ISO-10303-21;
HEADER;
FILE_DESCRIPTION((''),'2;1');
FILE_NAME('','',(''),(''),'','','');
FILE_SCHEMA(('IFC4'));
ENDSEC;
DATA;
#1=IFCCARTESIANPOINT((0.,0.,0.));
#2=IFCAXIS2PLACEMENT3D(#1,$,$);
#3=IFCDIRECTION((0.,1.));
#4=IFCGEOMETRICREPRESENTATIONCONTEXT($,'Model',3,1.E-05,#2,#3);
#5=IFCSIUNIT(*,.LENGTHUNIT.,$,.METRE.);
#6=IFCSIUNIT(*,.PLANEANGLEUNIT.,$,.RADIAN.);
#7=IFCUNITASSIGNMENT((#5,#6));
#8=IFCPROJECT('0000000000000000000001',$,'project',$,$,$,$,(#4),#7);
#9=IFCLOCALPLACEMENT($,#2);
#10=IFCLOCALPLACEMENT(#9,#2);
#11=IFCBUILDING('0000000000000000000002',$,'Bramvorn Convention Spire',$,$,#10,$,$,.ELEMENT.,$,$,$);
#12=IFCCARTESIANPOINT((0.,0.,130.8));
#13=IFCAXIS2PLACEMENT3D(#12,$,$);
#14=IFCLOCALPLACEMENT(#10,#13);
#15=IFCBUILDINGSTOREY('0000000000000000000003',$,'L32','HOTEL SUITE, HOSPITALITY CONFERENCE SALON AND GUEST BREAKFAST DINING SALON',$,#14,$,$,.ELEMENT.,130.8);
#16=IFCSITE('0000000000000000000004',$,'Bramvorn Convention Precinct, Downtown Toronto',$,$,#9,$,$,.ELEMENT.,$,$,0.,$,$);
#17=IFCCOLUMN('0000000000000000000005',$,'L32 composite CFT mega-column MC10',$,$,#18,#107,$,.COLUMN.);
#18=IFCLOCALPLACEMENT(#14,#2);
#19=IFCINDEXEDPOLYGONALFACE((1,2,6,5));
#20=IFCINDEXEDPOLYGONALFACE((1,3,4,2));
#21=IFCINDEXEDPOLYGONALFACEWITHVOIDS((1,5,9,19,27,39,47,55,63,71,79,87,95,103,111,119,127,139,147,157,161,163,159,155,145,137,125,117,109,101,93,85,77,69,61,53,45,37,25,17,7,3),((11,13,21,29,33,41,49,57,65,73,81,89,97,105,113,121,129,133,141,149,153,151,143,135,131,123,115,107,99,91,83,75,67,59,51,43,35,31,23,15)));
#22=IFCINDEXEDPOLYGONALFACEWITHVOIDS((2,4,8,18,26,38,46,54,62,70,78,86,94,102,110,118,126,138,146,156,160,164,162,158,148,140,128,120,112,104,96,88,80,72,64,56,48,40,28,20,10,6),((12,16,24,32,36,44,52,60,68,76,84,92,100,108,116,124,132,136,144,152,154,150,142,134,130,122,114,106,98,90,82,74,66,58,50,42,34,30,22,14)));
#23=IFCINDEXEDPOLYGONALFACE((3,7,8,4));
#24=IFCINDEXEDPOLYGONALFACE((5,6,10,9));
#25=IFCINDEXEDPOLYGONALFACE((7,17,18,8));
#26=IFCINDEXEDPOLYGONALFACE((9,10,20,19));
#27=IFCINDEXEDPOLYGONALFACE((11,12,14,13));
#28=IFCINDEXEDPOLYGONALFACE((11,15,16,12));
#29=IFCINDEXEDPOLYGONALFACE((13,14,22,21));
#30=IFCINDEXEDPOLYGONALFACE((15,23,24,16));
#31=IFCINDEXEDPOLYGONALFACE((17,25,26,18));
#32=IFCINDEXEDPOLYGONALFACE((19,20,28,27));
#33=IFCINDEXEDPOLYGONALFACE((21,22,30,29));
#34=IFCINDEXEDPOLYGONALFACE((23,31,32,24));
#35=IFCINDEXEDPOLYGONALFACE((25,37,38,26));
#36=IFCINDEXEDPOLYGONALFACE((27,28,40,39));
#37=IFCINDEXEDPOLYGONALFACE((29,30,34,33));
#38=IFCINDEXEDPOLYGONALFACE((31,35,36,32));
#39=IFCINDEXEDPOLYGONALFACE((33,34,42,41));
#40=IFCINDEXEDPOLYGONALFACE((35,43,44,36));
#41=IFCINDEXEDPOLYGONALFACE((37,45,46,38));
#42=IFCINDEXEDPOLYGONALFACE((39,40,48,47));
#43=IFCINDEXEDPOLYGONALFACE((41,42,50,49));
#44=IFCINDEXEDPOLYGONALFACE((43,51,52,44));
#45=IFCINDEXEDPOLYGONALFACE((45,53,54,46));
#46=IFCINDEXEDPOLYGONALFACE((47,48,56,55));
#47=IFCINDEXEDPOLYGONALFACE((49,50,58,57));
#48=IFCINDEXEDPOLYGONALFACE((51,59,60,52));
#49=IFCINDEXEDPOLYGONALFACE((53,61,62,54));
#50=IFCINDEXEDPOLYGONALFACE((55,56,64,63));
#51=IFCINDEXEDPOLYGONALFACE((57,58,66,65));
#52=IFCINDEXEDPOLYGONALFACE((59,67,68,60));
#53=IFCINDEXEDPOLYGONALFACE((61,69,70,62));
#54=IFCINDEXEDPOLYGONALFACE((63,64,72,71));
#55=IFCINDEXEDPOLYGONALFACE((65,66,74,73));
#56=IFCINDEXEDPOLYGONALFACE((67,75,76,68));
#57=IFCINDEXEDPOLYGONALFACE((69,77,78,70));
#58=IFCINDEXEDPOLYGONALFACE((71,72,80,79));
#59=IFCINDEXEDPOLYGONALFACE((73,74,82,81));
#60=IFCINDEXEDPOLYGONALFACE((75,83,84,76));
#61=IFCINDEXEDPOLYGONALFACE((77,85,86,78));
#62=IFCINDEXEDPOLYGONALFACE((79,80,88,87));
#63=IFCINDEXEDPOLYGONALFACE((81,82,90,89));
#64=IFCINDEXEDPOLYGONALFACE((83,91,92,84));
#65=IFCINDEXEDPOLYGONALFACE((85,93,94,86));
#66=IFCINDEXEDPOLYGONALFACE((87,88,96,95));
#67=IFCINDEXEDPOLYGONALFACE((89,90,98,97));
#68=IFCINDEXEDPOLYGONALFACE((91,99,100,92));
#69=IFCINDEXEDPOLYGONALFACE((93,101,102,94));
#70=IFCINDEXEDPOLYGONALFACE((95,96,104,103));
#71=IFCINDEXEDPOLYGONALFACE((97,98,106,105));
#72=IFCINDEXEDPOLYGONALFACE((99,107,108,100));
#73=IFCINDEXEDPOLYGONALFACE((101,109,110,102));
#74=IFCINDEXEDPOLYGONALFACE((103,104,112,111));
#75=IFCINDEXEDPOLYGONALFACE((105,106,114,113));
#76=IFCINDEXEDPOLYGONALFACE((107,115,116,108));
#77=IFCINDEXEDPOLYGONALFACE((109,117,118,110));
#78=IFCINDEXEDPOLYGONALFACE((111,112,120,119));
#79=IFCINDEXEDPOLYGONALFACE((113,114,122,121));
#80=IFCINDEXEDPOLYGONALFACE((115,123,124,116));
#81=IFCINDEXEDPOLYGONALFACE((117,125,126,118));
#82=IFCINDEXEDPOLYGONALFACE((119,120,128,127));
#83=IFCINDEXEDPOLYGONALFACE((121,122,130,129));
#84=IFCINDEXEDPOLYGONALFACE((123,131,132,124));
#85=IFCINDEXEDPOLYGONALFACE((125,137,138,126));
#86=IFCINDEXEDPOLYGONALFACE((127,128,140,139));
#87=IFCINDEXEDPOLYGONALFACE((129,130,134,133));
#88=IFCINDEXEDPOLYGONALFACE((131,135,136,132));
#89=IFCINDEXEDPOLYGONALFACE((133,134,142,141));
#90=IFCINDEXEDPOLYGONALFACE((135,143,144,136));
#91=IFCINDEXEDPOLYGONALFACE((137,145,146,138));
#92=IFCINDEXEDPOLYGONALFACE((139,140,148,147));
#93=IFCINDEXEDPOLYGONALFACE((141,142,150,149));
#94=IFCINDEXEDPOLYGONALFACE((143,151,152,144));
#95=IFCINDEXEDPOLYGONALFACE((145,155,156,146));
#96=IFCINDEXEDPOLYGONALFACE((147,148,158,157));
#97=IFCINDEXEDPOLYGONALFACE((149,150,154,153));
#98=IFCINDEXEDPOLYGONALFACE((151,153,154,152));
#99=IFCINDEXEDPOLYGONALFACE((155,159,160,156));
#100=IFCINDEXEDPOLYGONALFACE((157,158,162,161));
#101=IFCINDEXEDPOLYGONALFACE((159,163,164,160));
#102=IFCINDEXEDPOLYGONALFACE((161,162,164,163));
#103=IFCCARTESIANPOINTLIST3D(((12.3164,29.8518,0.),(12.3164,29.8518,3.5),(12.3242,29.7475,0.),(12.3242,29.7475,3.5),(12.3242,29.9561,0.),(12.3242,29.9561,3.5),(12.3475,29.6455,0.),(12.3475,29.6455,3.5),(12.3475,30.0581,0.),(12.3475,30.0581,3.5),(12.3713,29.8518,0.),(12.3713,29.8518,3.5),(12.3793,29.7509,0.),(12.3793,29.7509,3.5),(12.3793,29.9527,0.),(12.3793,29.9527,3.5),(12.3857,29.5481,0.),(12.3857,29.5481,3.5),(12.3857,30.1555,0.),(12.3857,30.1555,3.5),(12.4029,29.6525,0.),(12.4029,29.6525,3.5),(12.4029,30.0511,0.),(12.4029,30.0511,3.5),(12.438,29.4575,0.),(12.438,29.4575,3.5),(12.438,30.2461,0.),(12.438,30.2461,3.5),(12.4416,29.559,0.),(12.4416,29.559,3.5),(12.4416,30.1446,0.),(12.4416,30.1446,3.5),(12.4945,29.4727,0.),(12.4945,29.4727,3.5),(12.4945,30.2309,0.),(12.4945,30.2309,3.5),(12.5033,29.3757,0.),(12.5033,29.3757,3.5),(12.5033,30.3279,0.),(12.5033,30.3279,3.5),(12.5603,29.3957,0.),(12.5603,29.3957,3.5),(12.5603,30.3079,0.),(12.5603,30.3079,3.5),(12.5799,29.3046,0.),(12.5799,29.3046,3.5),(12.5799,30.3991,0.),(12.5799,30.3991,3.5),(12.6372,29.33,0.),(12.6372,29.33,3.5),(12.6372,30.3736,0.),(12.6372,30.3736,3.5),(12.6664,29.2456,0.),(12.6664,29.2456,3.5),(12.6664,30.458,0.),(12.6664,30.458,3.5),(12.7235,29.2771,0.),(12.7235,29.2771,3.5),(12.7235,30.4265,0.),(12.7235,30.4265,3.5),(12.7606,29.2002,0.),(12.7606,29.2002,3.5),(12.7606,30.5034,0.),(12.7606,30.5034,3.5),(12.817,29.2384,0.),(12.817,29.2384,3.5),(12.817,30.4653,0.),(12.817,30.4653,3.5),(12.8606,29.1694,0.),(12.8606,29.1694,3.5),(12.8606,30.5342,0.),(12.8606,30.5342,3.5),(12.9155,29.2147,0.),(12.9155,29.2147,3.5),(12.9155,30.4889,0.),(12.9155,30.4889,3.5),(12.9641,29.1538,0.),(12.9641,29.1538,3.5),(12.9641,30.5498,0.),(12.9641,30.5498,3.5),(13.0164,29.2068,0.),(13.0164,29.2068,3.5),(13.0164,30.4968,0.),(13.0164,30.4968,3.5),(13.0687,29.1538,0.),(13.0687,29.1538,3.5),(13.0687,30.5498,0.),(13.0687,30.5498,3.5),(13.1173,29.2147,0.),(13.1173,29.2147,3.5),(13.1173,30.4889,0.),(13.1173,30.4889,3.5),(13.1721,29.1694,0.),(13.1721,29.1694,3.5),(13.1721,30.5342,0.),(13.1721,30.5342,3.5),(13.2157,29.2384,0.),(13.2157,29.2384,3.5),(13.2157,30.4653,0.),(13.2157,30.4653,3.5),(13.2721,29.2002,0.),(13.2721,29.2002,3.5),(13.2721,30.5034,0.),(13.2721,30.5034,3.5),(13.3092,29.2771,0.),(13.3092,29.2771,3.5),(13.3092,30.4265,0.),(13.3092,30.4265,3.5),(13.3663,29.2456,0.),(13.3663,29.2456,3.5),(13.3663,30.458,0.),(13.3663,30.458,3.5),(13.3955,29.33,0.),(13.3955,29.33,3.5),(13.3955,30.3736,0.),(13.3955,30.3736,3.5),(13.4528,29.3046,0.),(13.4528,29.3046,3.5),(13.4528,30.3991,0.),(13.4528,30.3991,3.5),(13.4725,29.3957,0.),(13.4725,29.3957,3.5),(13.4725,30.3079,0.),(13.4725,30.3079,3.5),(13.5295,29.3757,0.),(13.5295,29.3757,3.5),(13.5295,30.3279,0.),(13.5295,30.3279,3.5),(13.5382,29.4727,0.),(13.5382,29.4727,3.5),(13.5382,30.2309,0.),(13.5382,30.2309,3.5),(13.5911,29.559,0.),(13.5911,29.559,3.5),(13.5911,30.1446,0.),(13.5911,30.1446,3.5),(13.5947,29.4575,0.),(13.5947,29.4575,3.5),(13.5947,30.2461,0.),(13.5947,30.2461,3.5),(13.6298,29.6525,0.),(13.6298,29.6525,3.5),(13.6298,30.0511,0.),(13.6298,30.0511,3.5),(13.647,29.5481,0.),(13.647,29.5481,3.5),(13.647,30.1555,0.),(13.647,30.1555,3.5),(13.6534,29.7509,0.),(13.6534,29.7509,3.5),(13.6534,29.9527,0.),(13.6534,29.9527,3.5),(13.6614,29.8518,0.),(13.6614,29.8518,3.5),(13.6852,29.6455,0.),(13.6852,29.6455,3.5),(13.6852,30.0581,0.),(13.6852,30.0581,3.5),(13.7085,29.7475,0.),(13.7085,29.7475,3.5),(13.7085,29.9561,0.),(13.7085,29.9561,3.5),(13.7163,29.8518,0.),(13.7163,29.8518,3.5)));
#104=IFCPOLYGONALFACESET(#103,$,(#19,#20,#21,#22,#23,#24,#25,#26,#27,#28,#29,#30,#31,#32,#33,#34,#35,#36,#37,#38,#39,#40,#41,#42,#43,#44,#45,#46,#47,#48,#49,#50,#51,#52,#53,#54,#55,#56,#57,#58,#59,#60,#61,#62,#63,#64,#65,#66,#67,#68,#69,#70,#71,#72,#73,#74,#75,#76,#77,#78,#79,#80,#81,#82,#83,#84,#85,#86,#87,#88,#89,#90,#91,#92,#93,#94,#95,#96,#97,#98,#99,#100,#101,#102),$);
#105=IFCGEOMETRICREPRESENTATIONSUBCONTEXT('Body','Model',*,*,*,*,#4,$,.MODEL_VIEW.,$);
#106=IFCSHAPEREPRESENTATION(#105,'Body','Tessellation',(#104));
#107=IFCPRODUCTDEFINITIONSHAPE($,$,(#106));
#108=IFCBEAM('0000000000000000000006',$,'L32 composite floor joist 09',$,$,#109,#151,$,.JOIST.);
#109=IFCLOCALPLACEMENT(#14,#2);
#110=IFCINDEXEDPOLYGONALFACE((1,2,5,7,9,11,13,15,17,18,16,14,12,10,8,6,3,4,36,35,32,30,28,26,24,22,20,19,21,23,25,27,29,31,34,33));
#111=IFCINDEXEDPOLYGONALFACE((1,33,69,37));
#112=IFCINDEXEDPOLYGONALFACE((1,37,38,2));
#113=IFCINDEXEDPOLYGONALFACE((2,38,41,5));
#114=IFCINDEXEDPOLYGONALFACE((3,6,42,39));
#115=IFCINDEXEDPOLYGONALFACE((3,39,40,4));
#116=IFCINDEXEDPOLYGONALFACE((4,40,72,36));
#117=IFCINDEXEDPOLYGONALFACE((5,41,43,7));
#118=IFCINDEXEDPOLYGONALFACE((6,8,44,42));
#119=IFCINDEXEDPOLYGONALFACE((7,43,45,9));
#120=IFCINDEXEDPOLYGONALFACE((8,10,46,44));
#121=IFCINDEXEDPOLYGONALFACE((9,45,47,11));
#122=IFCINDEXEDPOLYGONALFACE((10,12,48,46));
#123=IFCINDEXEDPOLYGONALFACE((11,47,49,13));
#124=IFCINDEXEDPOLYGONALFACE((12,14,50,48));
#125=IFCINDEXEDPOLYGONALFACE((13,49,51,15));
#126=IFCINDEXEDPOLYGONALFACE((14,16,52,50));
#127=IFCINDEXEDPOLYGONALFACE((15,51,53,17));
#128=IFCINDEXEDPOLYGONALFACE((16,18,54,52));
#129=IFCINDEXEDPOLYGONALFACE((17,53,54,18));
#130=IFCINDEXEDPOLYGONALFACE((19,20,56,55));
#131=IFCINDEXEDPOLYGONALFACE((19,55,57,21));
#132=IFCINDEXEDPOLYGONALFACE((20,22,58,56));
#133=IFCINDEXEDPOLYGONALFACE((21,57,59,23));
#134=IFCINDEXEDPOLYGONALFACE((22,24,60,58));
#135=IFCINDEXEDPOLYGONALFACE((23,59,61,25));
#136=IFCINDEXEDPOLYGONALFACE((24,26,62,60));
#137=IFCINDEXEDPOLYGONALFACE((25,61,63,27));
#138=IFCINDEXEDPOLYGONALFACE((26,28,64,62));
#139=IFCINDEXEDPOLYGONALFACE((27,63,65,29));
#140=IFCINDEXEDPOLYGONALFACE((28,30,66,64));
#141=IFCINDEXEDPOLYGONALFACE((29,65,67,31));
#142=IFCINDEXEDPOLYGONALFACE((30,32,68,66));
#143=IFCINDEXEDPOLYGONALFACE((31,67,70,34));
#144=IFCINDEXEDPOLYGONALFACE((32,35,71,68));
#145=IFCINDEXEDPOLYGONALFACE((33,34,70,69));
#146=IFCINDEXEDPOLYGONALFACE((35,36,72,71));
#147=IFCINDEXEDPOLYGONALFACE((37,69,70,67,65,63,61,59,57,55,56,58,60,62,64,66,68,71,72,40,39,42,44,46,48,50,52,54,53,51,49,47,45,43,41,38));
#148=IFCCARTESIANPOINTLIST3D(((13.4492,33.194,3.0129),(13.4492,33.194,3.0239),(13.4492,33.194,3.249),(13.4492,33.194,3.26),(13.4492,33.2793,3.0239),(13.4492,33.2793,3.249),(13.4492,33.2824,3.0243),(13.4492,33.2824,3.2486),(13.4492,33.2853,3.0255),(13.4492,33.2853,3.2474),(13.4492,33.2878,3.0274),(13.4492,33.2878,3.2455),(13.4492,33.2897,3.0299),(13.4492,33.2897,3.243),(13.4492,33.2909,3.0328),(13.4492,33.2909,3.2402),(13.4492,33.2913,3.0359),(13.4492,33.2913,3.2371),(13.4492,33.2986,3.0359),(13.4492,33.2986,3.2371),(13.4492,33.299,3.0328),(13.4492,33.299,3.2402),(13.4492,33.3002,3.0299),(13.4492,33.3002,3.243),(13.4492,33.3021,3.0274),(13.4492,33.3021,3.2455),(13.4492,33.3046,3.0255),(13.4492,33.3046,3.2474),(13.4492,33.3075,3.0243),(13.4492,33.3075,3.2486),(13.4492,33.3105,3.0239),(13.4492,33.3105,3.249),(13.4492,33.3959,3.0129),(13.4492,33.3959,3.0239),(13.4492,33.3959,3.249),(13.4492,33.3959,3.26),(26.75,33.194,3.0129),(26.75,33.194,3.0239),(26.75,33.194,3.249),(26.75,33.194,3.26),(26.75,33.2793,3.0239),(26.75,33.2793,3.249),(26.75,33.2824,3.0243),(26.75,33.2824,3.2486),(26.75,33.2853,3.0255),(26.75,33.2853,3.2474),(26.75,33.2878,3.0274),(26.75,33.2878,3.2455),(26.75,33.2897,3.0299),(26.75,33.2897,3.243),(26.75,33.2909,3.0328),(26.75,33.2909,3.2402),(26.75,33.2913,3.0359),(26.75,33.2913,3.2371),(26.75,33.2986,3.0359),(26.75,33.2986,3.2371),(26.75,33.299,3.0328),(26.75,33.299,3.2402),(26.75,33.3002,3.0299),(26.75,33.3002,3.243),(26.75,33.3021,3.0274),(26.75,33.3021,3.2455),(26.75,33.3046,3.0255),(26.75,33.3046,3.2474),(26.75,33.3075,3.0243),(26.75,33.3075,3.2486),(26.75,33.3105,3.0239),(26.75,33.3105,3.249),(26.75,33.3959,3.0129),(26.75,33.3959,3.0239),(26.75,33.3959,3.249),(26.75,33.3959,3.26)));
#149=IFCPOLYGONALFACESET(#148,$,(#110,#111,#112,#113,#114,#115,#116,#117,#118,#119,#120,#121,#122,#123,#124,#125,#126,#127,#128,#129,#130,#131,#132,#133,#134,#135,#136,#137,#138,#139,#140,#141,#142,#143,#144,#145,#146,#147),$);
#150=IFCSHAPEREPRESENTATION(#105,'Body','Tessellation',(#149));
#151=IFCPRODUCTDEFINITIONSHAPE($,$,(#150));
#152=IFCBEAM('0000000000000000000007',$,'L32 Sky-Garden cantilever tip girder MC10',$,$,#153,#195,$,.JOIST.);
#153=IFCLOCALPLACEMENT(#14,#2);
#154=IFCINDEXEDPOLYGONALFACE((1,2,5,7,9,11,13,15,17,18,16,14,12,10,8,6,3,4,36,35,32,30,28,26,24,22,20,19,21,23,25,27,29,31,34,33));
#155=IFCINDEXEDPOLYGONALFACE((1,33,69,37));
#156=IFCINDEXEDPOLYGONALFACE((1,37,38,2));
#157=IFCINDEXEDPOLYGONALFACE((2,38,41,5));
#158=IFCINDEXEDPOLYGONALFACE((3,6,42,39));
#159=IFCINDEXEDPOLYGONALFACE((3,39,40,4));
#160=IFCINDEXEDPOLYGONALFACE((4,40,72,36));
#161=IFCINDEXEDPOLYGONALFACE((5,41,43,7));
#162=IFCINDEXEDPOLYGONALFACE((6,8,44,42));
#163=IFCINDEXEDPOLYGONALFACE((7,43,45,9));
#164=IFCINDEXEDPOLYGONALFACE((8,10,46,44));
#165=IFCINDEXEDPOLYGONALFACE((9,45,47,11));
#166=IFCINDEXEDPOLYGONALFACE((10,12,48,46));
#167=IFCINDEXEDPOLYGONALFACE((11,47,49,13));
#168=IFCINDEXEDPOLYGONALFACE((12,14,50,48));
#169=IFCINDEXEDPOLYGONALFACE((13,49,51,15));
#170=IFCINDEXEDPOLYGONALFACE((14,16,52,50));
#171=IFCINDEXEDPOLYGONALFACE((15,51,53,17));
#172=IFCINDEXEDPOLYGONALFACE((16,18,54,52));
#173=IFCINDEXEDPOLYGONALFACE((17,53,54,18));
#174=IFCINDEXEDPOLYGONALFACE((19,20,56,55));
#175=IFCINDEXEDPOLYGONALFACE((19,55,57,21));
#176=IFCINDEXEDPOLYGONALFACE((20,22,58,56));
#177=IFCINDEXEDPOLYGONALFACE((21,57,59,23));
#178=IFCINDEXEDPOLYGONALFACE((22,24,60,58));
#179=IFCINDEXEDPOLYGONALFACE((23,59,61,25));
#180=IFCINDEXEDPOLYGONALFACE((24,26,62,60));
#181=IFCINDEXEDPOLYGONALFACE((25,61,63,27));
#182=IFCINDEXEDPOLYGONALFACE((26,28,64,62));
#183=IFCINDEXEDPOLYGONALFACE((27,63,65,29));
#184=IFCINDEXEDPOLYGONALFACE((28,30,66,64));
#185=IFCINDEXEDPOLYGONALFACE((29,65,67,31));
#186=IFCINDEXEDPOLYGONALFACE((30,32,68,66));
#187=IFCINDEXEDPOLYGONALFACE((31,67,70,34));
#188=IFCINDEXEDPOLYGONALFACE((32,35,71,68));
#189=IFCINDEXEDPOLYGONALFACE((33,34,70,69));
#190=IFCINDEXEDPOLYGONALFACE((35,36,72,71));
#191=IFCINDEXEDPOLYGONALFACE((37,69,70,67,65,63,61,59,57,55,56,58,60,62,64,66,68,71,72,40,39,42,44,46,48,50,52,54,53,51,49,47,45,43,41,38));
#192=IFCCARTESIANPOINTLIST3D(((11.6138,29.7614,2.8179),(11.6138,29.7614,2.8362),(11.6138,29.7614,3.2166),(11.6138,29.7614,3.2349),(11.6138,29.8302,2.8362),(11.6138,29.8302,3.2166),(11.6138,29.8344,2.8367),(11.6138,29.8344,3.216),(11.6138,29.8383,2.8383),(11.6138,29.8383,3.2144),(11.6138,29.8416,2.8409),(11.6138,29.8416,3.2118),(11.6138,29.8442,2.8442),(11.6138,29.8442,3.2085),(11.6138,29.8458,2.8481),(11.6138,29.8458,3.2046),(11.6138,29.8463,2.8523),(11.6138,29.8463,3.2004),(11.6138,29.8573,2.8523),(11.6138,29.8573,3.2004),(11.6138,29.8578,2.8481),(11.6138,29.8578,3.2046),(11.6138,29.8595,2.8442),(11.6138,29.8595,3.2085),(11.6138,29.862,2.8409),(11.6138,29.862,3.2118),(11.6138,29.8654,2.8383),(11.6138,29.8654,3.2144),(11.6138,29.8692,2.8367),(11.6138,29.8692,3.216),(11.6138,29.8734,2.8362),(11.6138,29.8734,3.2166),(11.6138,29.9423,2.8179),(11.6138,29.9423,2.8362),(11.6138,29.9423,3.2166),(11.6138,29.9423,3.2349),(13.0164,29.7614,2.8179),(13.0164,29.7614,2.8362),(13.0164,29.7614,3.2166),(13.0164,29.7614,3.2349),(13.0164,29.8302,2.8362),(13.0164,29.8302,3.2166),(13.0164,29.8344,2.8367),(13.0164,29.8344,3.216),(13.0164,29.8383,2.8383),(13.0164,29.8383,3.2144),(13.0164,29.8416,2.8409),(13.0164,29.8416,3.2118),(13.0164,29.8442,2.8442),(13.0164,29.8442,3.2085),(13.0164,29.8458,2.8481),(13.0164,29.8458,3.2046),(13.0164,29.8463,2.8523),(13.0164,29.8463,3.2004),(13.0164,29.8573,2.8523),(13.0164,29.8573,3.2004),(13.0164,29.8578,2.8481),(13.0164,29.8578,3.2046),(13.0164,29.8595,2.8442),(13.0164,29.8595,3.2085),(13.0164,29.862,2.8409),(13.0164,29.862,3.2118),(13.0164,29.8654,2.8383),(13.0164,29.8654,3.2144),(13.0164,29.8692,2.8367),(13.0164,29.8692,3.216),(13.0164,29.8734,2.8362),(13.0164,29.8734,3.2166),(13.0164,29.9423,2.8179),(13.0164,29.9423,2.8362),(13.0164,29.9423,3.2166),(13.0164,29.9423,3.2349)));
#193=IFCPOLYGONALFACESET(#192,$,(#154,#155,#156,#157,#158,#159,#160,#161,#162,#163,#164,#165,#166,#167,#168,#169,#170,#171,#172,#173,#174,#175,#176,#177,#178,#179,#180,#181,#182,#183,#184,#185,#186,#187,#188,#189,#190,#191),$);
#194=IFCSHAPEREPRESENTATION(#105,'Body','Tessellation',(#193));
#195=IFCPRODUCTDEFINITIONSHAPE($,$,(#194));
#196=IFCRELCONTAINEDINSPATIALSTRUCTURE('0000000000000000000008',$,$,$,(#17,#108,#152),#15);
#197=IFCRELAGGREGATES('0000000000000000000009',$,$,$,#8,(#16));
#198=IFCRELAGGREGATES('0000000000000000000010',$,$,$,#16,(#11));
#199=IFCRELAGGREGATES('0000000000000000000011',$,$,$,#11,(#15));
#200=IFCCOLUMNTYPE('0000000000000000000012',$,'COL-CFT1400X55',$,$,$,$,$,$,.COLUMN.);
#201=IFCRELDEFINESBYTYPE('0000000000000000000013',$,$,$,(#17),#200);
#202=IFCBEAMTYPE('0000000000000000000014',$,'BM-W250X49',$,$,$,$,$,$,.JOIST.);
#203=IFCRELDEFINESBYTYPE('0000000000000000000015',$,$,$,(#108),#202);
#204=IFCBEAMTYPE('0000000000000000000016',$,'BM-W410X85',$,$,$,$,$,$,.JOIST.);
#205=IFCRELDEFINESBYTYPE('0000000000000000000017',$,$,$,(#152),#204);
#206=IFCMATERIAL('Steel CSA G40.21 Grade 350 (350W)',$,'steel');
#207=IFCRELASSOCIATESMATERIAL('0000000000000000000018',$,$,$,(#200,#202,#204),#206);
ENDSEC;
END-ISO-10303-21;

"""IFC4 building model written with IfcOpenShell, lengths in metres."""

from ifc_helpers import new_model, si_unit, direction, frame, origin, origin_2d, place, context, subcontext, project, spatial, hollow_circle, i_section, extrude, material, material_profile, profile_set, type_object, element, save


model = new_model("IFC4")

# Units and contexts
model_context = context("Model", 3, precision=1e-05, world=origin(), true_north=direction((0.0, 1.0)))
body_context = subcontext(model_context, "Body", "Model", "MODEL_VIEW")
ifc_project = project(units=[si_unit("LENGTHUNIT", "METRE"), si_unit("PLANEANGLEUNIT", "RADIAN")], contexts=[model_context])

# Site, building, storey
site_placement = place(None, origin())
site = spatial("IfcSite", under=ifc_project, at=site_placement, Name="Bramvorn Convention Precinct, Downtown Toronto", CompositionType="ELEMENT", RefElevation=0.0)
building_placement = place(site_placement, origin())
building = spatial("IfcBuilding", under=site, at=building_placement, Name="Bramvorn Convention Spire", CompositionType="ELEMENT")
storey_placement = place(building_placement, frame((0.0, 0.0, 130.8)))
storey = spatial("IfcBuildingStorey", under=building, at=storey_placement, Name="L32", Description="HOTEL SUITE, HOSPITALITY CONFERENCE SALON AND GUEST BREAKFAST DINING SALON", CompositionType="ELEMENT", Elevation=130.8)

# Column
ifc_material_1 = material(Name="Steel CSA G40.21 Grade 350 (350W)", Category="steel")
ifc_material_profile_1 = material_profile(ifc_material_1, hollow_circle(Radius=0.7, WallThickness=0.0549, at=origin_2d()))
ifc_profile_set_1 = profile_set([ifc_material_profile_1], Name="Steel CSA G40.21 Grade 350 (350W) - CFT1400X55")
column_type = type_object("IfcColumnType", Name="COL-CFT1400X55", PredefinedType="COLUMN", material=ifc_profile_set_1)
column_placement = place(storey_placement, frame((13.0164, 29.8518, 0.0), z_axis=(0.0, 0.0, 1.0), x_axis=(1.0, 0.0, 0.0)))
element("IfcColumn", 1, at=column_placement, inside=storey, type_object=column_type, Name="L32 composite CFT mega-column MC10", PredefinedType="COLUMN", context=body_context, shape_type="SweptSolid", body=[
    extrude(hollow_circle(Radius=0.7, WallThickness=0.0549, at=origin_2d()), origin(), (0.0, 0.0, 1.0), 3.5),
])

# Beams
ifc_material_profile_2 = material_profile(ifc_material_1, i_section(OverallWidth=0.2019, OverallDepth=0.2471, WebThickness=0.0073, FlangeThickness=0.011, FilletRadius=0.012, at=origin_2d()))
ifc_profile_set_2 = profile_set([ifc_material_profile_2], Name="Steel CSA G40.21 Grade 350 (350W) - W250X49")
beam_type_1 = type_object("IfcBeamType", Name="BM-W250X49", PredefinedType="JOIST", material=ifc_profile_set_2)
beam_1_placement = place(storey_placement, frame((26.75, 33.2949, 3.1365), z_axis=(-1.0, 0.0, 0.0), x_axis=(0.0, -1.0, 0.0)))
element("IfcBeam", 2, at=beam_1_placement, inside=storey, type_object=beam_type_1, Name="L32 composite floor joist 09", PredefinedType="JOIST", context=body_context, shape_type="SweptSolid", body=[
    extrude(i_section(OverallWidth=0.2019, OverallDepth=0.2471, WebThickness=0.0073, FlangeThickness=0.011, FilletRadius=0.012, at=origin_2d()), origin(), (0.0, 0.0, 1.0), 13.3008),
])
ifc_material_profile_3 = material_profile(ifc_material_1, i_section(OverallWidth=0.1809, OverallDepth=0.417, WebThickness=0.011, FlangeThickness=0.0183, FilletRadius=0.0161, at=origin_2d()))
ifc_profile_set_3 = profile_set([ifc_material_profile_3], Name="Steel CSA G40.21 Grade 350 (350W) - W410X85")
beam_type_2 = type_object("IfcBeamType", Name="BM-W410X85", PredefinedType="JOIST", material=ifc_profile_set_3)
beam_2_placement = place(storey_placement, frame((13.0164, 29.8518, 3.0264), z_axis=(-1.0, 0.0, 0.0), x_axis=(0.0, -1.0, 0.0)))
element("IfcBeam", 3, at=beam_2_placement, inside=storey, type_object=beam_type_2, Name="L32 Sky-Garden cantilever tip girder MC10", PredefinedType="JOIST", context=body_context, shape_type="SweptSolid", body=[
    extrude(i_section(OverallWidth=0.1809, OverallDepth=0.417, WebThickness=0.011, FlangeThickness=0.0183, FilletRadius=0.0161, at=origin_2d()), origin(), (0.0, 0.0, 1.0), 1.4026),
])

save(model, "model.ifc")
